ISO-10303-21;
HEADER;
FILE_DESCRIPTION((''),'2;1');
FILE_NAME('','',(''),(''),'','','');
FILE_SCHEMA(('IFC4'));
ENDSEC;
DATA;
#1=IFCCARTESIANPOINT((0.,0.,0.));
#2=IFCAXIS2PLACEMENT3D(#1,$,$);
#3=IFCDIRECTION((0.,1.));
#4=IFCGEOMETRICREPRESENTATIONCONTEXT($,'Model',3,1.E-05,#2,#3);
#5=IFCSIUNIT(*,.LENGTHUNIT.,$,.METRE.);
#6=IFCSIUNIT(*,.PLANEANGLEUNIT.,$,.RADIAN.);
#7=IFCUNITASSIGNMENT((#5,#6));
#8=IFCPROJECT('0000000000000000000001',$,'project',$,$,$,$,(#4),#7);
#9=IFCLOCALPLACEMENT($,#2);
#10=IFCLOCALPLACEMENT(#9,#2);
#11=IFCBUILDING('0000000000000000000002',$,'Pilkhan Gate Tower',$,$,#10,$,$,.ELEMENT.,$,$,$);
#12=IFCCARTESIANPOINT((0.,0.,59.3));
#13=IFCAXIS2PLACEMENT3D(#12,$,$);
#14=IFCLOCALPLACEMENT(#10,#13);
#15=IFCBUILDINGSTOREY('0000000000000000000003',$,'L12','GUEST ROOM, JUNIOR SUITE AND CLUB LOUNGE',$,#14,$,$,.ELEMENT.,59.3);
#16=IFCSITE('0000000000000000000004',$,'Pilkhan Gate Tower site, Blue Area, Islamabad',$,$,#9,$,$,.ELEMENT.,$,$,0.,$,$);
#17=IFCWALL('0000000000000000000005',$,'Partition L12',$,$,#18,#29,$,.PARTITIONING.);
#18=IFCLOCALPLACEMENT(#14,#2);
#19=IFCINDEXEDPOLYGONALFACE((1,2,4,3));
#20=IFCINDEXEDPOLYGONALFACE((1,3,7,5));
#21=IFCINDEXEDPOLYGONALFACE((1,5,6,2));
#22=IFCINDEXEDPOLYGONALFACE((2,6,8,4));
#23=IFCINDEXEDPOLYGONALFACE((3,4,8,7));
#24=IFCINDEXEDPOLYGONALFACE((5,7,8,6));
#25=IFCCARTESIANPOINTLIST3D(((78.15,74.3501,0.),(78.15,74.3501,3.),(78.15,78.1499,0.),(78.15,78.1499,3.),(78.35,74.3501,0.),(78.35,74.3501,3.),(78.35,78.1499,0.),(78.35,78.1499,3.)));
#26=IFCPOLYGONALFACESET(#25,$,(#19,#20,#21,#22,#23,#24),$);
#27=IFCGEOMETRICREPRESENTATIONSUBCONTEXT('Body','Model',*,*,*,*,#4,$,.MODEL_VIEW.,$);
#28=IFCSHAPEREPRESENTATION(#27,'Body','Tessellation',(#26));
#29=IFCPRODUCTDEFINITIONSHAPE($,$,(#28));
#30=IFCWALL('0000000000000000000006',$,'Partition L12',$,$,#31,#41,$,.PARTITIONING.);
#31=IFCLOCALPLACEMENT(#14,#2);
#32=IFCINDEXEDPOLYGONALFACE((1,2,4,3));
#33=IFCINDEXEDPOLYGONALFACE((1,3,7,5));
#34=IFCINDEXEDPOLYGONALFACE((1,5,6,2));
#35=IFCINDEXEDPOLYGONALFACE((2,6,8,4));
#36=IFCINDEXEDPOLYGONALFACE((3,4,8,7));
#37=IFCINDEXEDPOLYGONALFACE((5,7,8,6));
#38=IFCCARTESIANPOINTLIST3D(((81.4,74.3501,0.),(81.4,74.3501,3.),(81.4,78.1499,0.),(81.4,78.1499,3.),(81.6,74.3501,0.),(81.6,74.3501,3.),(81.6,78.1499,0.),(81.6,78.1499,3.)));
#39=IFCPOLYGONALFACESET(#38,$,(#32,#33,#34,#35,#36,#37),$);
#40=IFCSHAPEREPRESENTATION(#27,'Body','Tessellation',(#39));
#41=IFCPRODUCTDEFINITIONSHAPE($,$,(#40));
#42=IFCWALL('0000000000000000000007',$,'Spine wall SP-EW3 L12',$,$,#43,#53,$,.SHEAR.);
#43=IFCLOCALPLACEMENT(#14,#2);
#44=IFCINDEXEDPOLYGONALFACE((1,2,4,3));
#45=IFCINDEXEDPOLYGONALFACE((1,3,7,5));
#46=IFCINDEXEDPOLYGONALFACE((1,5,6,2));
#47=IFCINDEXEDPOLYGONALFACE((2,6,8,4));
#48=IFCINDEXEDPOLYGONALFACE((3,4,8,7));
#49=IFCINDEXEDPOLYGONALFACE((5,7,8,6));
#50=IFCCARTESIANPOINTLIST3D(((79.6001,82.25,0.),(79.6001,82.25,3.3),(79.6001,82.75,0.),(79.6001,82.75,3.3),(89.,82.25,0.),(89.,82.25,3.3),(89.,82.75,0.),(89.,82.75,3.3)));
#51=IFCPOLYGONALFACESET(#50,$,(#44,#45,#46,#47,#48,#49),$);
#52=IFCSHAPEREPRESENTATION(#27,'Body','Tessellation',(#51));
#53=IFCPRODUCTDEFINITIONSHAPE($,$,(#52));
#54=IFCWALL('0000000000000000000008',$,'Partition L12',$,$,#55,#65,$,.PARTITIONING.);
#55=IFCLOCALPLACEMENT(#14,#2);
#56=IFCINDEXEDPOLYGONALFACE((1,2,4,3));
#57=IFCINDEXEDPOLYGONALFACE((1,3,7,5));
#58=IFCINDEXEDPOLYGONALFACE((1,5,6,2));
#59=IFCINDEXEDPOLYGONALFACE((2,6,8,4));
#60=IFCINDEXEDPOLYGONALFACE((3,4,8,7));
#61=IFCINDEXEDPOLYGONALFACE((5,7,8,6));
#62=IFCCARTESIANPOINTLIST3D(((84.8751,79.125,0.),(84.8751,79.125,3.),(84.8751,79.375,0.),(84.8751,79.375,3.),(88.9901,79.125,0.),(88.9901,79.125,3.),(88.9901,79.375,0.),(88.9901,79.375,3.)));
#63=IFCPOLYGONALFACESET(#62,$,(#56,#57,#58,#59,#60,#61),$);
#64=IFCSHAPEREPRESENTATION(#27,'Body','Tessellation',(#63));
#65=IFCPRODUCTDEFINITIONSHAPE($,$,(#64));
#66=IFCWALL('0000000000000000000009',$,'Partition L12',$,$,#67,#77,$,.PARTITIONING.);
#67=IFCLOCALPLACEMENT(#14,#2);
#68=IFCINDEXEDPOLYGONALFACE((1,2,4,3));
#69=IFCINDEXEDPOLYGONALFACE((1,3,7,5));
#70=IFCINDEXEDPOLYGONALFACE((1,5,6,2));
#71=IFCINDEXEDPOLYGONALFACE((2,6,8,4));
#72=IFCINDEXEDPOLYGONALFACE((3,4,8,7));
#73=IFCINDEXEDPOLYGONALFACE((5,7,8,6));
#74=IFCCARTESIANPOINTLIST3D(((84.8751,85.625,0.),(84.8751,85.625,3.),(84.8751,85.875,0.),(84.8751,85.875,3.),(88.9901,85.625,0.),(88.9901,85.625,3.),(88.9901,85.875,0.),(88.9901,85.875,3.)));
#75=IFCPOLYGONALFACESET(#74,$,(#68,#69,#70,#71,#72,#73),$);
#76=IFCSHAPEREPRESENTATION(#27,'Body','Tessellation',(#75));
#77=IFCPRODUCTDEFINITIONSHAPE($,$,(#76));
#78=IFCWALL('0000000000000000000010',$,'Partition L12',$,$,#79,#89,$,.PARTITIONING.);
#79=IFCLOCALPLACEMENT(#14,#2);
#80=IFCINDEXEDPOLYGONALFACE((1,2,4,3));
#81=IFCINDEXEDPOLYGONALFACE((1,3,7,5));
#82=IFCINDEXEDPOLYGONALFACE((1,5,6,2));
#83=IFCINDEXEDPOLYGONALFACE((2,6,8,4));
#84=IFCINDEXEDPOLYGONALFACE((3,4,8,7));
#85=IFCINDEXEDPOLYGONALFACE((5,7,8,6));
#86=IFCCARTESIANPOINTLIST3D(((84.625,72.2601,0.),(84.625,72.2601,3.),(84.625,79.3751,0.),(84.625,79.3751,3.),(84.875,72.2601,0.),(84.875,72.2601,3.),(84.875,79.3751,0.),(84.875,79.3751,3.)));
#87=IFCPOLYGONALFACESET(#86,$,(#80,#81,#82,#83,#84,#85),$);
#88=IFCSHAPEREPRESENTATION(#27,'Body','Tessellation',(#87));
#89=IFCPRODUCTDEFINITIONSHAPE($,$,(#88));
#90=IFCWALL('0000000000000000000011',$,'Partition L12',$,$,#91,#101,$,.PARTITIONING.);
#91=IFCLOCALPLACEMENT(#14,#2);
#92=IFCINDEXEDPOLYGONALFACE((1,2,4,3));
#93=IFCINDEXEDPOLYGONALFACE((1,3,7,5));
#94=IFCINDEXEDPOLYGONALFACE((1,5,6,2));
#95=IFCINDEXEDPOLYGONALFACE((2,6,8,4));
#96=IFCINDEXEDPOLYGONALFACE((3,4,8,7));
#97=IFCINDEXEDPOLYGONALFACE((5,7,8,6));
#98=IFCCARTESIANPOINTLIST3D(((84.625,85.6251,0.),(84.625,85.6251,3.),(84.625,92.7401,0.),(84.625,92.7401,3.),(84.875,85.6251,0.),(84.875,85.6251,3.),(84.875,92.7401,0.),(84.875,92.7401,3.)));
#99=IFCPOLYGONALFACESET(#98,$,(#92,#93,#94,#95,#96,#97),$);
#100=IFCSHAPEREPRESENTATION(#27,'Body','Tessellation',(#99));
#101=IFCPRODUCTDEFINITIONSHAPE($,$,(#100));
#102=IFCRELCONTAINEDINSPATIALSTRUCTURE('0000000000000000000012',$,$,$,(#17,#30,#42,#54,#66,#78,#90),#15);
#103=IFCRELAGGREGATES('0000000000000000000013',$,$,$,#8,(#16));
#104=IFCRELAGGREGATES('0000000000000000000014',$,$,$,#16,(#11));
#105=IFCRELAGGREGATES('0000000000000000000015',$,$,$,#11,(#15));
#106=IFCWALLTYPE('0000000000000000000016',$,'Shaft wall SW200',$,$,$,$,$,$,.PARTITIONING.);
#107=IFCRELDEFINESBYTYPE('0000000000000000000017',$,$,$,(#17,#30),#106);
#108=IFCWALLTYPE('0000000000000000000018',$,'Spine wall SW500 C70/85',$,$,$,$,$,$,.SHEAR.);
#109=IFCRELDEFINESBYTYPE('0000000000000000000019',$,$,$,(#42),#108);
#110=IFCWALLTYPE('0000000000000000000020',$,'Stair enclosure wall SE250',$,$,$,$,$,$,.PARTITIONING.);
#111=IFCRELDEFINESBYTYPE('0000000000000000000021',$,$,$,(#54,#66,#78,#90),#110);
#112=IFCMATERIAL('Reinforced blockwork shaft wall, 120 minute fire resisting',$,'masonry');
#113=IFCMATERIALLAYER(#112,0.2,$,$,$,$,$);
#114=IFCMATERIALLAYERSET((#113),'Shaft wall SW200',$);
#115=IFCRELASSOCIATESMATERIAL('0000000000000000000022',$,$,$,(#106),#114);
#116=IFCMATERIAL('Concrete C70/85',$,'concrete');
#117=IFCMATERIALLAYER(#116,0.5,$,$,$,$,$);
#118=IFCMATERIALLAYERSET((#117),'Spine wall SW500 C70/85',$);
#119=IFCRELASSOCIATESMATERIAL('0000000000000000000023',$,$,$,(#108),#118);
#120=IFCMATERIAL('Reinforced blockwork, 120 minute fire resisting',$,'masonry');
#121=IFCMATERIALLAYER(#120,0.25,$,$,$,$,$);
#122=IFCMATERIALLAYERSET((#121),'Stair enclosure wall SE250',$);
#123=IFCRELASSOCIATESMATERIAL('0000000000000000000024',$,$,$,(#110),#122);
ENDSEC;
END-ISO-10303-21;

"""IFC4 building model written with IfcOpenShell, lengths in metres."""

from ifc_helpers import new_model, si_unit, direction, frame, frame_2d, origin, place, context, subcontext, project, spatial, rectangle, extrude, material, layer, layer_set, type_object, element, save


model = new_model("IFC4")

# Units and contexts
model_context = context("Model", 3, precision=1e-05, world=origin(), true_north=direction((0.0, 1.0)))
body_context = subcontext(model_context, "Body", "Model", "MODEL_VIEW")
ifc_project = project(units=[si_unit("LENGTHUNIT", "METRE"), si_unit("PLANEANGLEUNIT", "RADIAN")], contexts=[model_context])

# Site, building, storey
site_placement = place(None, origin())
site = spatial("IfcSite", under=ifc_project, at=site_placement, Name="Pilkhan Gate Tower site, Blue Area, Islamabad", CompositionType="ELEMENT", RefElevation=0.0)
building_placement = place(site_placement, origin())
building = spatial("IfcBuilding", under=site, at=building_placement, Name="Pilkhan Gate Tower", CompositionType="ELEMENT")
storey_placement = place(building_placement, frame((0.0, 0.0, 59.3)))
storey = spatial("IfcBuildingStorey", under=building, at=storey_placement, Name="L12", Description="GUEST ROOM, JUNIOR SUITE AND CLUB LOUNGE", CompositionType="ELEMENT", Elevation=59.3)

# Shared definitions
ifc_material_1 = material(Name="Concrete C70/85", Category="concrete")

# Shared definitions
ifc_material_2 = material(Name="Reinforced blockwork shaft wall, 120 minute fire resisting", Category="masonry")
ifc_layer_1 = layer(ifc_material_2, 0.2)
ifc_layer_set_1 = layer_set([ifc_layer_1], Name="Shaft wall SW200")
wall_type_1 = type_object("IfcWallType", Name="Shaft wall SW200", PredefinedType="PARTITIONING", material=ifc_layer_set_1)

# Walls
for number, where, z_axis, x_axis, name in (
    (1, (78.25, 74.3501, 0.0), (0.0, 0.0, 1.0), (0.0, 1.0, 0.0), "Partition L12"),
    (2, (81.5, 74.3501, 0.0), (0.0, 0.0, 1.0), (0.0, 1.0, 0.0), "Partition L12"),
):
    element("IfcWall", number, at=place(storey_placement, frame(where, z_axis=z_axis, x_axis=x_axis)), inside=storey, type_object=wall_type_1, Name=name, PredefinedType="PARTITIONING", context=body_context, shape_type="SweptSolid", body=[
        extrude(rectangle(XDim=3.7998, YDim=0.2, at=frame_2d((1.8999, 0.0))), origin(), (0.0, 0.0, 1.0), 3.0),
    ])
ifc_layer_2 = layer(ifc_material_1, 0.5)
ifc_layer_set_2 = layer_set([ifc_layer_2], Name="Spine wall SW500 C70/85")
wall_type_2 = type_object("IfcWallType", Name="Spine wall SW500 C70/85", PredefinedType="SHEAR", material=ifc_layer_set_2)
wall_1_placement = place(storey_placement, frame((79.6001, 82.5, 0.0), z_axis=(0.0, 0.0, 1.0), x_axis=(1.0, 0.0, 0.0)))
element("IfcWall", 3, at=wall_1_placement, inside=storey, type_object=wall_type_2, Name="Spine wall SP-EW3 L12", PredefinedType="SHEAR", context=body_context, shape_type="SweptSolid", body=[
    extrude(rectangle(XDim=9.3999, YDim=0.5, at=frame_2d((4.7, 0.0))), origin(), (0.0, 0.0, 1.0), 3.3),
])
ifc_material_3 = material(Name="Reinforced blockwork, 120 minute fire resisting", Category="masonry")
ifc_layer_3 = layer(ifc_material_3, 0.25)
ifc_layer_set_3 = layer_set([ifc_layer_3], Name="Stair enclosure wall SE250")
wall_type_3 = type_object("IfcWallType", Name="Stair enclosure wall SE250", PredefinedType="PARTITIONING", material=ifc_layer_set_3)
for number, where, z_axis, x_axis, name in (
    (4, (84.875, 79.25, 0.0), (0.0, 0.0, 1.0), (1.0, 0.0, 0.0), "Partition L12"),
    (5, (84.875, 85.75, 0.0), (0.0, 0.0, 1.0), (1.0, 0.0, 0.0), "Partition L12"),
):
    element("IfcWall", number, at=place(storey_placement, frame(where, z_axis=z_axis, x_axis=x_axis)), inside=storey, type_object=wall_type_3, Name=name, PredefinedType="PARTITIONING", context=body_context, shape_type="SweptSolid", body=[
        extrude(rectangle(XDim=4.115, YDim=0.25, at=frame_2d((2.0576, 0.0))), origin(), (0.0, 0.0, 1.0), 3.0),
    ])
for number, where, z_axis, x_axis, name in (
    (6, (84.75, 72.26, 0.0), (0.0, 0.0, 1.0), (0.0, 1.0, 0.0), "Partition L12"),
    (7, (84.75, 85.625, 0.0), (0.0, 0.0, 1.0), (0.0, 1.0, 0.0), "Partition L12"),
):
    element("IfcWall", number, at=place(storey_placement, frame(where, z_axis=z_axis, x_axis=x_axis)), inside=storey, type_object=wall_type_3, Name=name, PredefinedType="PARTITIONING", context=body_context, shape_type="SweptSolid", body=[
        extrude(rectangle(XDim=7.115, YDim=0.25, at=frame_2d((3.5576, 0.0))), origin(), (0.0, 0.0, 1.0), 3.0),
    ])

save(model, "model.ifc")
